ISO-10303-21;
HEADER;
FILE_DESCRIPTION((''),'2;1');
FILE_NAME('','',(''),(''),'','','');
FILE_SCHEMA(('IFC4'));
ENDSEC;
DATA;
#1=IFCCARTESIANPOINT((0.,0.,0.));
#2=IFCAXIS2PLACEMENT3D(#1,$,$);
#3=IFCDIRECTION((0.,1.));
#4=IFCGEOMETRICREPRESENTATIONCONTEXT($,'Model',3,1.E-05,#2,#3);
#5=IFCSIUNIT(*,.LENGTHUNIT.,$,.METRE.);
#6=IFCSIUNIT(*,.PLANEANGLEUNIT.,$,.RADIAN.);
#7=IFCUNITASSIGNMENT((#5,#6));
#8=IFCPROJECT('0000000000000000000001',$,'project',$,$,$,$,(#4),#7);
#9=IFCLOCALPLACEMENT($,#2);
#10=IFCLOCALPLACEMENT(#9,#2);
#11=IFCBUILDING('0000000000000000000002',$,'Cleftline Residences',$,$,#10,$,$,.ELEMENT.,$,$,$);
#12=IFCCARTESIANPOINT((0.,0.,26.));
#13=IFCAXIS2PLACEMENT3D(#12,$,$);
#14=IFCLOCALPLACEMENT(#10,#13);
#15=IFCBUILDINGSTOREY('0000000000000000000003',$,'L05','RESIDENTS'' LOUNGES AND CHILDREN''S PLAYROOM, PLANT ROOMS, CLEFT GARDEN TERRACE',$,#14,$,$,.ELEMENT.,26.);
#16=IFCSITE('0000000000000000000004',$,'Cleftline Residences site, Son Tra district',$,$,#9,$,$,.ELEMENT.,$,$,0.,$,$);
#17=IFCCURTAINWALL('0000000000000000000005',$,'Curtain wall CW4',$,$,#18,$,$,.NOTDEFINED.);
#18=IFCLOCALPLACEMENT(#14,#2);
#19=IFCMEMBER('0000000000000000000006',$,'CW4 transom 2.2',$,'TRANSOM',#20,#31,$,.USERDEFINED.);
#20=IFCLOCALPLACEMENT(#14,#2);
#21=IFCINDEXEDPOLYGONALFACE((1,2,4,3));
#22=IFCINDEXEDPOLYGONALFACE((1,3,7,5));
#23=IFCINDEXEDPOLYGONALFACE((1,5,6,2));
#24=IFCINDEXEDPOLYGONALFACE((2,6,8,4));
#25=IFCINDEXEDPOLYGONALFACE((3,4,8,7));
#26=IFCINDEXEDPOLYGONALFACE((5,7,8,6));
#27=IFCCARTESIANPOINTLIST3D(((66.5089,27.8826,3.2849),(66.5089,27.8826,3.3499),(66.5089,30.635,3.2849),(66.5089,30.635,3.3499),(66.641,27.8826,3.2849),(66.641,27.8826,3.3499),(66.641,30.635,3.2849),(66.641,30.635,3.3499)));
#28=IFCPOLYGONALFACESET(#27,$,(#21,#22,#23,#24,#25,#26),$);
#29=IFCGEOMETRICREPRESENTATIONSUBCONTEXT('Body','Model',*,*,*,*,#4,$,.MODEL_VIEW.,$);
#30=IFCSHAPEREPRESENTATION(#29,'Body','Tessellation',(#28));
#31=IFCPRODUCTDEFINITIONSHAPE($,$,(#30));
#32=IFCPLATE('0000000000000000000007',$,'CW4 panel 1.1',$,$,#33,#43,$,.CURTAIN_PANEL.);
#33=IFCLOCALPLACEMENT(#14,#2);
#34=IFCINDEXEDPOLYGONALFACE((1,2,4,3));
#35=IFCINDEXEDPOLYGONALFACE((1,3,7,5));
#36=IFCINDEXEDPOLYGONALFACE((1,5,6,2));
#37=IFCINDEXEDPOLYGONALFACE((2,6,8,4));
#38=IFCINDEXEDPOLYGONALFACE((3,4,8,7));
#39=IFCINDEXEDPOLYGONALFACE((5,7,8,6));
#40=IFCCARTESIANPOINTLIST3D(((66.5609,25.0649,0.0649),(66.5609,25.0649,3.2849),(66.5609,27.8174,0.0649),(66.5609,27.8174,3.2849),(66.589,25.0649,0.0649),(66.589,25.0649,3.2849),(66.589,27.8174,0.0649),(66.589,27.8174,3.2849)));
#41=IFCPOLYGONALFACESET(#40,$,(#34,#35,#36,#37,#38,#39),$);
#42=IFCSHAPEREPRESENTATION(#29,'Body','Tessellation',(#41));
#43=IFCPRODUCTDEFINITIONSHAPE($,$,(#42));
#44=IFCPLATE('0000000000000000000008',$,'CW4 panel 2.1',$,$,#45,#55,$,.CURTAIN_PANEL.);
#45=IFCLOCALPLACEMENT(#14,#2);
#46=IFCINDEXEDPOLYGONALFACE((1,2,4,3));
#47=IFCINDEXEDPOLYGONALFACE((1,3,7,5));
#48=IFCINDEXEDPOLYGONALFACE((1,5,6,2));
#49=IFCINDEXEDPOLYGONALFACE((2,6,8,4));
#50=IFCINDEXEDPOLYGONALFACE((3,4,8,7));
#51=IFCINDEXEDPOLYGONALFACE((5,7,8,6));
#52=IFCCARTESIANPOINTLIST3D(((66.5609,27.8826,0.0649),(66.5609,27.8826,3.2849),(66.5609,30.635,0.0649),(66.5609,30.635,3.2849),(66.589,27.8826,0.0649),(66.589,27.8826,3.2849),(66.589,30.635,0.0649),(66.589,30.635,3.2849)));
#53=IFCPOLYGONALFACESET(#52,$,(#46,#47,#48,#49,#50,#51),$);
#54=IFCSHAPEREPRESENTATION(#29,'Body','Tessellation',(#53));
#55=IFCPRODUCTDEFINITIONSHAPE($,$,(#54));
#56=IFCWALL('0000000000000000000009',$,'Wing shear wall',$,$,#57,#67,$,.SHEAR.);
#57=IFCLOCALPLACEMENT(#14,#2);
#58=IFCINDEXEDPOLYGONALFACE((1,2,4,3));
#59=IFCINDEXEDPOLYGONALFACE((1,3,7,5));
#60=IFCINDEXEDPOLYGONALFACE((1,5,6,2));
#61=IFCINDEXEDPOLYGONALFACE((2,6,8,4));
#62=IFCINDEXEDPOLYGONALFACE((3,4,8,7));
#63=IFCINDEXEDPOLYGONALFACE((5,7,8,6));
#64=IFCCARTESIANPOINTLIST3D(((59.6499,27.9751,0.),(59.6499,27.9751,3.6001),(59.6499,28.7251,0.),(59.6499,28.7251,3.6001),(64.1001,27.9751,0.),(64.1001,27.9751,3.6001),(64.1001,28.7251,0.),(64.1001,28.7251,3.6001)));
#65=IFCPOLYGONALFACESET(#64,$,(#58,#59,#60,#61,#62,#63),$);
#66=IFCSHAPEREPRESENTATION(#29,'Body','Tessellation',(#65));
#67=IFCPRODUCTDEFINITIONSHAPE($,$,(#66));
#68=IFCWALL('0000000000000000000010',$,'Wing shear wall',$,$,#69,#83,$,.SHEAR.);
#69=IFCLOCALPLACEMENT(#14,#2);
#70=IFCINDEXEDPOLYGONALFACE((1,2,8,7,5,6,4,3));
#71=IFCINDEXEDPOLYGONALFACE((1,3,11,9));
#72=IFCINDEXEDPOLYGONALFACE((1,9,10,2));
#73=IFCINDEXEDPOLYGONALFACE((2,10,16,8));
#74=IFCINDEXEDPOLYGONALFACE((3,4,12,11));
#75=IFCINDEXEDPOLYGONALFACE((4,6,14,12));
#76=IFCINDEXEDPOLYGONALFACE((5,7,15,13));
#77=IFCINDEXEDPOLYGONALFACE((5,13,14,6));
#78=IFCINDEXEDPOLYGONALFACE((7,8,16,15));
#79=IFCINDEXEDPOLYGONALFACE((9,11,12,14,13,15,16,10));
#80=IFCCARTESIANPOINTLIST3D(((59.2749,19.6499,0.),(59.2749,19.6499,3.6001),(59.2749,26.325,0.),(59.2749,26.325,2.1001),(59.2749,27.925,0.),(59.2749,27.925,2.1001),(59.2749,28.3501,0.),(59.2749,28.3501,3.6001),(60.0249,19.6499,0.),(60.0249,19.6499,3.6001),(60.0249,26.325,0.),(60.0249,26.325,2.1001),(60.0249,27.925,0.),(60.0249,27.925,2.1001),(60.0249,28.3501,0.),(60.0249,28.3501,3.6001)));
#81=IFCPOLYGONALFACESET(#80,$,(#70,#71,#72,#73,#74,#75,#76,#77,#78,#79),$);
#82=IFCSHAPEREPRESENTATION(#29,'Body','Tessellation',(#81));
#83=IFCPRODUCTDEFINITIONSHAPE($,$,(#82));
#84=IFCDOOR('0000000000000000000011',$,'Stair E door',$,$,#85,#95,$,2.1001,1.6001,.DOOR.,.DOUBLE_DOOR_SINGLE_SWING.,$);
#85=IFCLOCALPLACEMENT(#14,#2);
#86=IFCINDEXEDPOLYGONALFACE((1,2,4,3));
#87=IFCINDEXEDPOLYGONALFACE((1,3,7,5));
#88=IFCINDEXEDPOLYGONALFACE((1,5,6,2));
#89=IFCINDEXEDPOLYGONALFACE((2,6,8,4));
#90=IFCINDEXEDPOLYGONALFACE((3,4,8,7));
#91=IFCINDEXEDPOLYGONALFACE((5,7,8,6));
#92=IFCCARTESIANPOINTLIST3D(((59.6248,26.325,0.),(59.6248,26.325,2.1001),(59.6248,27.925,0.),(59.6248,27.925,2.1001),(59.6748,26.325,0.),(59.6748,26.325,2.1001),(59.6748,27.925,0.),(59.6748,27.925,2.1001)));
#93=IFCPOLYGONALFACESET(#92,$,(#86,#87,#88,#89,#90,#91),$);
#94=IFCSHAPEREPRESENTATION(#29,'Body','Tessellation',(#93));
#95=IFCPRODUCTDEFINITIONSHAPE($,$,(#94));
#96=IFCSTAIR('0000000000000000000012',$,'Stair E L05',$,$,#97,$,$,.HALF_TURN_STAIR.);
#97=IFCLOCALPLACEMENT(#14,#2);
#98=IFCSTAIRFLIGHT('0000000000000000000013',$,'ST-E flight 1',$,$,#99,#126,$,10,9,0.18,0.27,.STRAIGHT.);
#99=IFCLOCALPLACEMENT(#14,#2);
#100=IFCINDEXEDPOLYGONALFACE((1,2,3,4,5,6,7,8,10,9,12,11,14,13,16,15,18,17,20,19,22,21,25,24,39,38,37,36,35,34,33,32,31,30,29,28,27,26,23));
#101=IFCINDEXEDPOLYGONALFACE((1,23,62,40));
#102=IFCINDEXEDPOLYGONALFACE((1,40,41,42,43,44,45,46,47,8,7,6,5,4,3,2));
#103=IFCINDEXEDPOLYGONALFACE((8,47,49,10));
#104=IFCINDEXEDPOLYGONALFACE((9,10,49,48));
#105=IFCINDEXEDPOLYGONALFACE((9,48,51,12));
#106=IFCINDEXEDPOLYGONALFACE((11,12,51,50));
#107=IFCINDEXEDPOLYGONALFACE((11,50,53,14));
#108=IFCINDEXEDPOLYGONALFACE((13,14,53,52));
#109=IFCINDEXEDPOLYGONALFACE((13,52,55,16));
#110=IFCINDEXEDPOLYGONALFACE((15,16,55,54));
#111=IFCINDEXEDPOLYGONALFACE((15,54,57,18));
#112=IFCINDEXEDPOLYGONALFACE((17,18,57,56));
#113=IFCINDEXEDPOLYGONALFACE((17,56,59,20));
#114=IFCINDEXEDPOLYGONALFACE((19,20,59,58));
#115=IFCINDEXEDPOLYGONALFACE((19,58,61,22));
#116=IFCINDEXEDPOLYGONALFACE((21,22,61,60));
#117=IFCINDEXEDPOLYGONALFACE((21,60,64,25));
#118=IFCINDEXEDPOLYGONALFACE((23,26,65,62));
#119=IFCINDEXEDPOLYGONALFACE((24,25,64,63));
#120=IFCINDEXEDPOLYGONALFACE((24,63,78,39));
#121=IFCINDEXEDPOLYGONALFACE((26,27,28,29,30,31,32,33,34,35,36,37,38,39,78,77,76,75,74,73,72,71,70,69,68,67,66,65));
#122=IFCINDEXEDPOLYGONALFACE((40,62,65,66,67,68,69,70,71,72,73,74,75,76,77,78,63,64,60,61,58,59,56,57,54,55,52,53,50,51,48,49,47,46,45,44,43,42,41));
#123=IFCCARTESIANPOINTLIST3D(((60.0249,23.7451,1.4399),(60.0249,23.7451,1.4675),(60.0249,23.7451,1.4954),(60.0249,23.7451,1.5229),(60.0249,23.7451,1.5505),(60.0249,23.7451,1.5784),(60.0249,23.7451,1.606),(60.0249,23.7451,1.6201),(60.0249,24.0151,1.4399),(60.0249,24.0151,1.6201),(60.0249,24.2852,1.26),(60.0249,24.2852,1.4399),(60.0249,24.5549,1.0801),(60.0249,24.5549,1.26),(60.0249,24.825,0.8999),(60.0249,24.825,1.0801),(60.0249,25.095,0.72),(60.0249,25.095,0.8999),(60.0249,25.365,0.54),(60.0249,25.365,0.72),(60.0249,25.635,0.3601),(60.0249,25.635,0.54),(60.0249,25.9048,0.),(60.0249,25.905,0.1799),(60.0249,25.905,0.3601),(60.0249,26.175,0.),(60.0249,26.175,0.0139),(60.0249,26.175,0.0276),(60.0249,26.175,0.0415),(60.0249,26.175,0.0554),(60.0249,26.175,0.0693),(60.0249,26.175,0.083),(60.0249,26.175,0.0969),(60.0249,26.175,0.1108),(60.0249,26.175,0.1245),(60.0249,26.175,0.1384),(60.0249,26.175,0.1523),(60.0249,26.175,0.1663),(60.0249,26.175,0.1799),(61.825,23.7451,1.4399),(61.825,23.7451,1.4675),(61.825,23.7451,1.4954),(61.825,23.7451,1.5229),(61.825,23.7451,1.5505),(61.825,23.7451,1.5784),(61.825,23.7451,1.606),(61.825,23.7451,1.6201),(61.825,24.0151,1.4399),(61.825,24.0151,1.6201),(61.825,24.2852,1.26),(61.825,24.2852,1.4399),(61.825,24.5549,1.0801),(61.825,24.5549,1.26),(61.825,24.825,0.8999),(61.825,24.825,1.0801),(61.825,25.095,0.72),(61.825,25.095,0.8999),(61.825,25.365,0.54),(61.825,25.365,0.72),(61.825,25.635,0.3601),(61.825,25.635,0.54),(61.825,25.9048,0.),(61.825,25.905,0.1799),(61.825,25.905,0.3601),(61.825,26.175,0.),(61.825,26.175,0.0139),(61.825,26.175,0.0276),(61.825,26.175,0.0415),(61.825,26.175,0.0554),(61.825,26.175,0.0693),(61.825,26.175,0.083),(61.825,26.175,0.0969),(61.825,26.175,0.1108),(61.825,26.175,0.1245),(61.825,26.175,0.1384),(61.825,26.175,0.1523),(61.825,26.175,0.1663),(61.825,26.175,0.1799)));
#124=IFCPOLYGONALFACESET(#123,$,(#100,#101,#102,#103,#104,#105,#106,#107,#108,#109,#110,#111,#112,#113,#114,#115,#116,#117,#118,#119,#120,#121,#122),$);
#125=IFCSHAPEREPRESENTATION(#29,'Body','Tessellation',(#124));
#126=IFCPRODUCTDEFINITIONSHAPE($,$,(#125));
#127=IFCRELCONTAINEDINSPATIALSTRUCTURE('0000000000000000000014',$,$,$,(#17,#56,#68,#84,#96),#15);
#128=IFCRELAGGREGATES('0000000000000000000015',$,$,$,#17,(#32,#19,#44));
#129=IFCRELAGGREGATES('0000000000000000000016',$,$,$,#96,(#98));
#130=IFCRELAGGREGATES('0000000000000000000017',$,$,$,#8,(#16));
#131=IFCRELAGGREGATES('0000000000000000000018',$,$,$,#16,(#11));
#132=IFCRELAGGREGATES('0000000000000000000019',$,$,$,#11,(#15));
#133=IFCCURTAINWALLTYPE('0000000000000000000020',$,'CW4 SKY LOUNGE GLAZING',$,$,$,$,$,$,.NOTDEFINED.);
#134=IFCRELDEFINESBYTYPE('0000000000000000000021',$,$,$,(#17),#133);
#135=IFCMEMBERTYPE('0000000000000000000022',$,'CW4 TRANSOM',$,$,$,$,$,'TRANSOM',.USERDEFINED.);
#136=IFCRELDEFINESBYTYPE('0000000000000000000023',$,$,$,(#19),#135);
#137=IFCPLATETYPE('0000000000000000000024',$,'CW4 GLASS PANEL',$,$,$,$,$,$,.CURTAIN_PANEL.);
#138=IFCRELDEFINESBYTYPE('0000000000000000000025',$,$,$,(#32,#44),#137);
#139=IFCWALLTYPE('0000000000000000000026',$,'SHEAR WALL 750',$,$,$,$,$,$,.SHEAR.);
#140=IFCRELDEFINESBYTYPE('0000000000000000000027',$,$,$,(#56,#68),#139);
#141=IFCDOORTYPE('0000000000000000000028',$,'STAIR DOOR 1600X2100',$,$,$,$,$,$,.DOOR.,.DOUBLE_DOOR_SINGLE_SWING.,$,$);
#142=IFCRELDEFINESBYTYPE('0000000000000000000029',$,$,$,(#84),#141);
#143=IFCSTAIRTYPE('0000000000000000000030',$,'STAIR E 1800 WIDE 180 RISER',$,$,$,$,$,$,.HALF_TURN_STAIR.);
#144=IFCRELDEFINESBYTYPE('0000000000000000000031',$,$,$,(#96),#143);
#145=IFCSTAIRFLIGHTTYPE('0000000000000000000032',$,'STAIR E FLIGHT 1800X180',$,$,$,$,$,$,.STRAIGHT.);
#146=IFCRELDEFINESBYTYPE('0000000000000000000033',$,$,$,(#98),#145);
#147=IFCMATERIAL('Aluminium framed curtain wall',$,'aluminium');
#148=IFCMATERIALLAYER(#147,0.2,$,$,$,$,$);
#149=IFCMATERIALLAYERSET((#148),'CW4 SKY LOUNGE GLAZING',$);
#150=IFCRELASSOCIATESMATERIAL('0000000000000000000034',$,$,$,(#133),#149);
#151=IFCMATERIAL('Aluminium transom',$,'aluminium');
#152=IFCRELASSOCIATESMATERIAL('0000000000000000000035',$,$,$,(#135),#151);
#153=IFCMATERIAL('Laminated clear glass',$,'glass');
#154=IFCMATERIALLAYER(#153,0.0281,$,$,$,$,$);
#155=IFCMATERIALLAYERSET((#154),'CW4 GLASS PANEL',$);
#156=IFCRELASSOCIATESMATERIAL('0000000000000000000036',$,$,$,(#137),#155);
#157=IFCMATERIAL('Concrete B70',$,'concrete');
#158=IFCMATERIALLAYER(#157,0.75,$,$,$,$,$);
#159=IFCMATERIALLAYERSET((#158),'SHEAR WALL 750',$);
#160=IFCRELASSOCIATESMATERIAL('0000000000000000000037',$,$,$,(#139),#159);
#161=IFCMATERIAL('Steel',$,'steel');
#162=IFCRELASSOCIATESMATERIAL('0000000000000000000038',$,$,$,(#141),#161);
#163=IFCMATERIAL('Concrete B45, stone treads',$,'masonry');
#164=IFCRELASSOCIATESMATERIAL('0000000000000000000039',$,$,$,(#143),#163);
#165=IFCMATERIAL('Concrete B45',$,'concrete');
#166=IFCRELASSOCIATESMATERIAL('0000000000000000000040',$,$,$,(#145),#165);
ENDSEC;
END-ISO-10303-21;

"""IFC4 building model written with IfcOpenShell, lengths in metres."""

from ifc_helpers import new_model, si_unit, direction, frame, frame_2d, origin, origin_2d, place, context, subcontext, project, spatial, polyline, rectangle, outline, extrude, material, layer, layer_set, material_profile, profile_set, type_object, element, fill, aggregate, save


model = new_model("IFC4")

# Units and contexts
model_context = context("Model", 3, precision=1e-05, world=origin(), true_north=direction((0.0, 1.0)))
body_context = subcontext(model_context, "Body", "Model", "MODEL_VIEW")
ifc_project = project(units=[si_unit("LENGTHUNIT", "METRE"), si_unit("PLANEANGLEUNIT", "RADIAN")], contexts=[model_context])

# Site, building, storey
site_placement = place(None, origin())
site = spatial("IfcSite", under=ifc_project, at=site_placement, Name="Cleftline Residences site, Son Tra district", CompositionType="ELEMENT", RefElevation=0.0)
building_placement = place(site_placement, origin())
building = spatial("IfcBuilding", under=site, at=building_placement, Name="Cleftline Residences", CompositionType="ELEMENT")
storey_placement = place(building_placement, frame((0.0, 0.0, 26.0)))
storey = spatial("IfcBuildingStorey", under=building, at=storey_placement, Name="L05", Description="RESIDENTS' LOUNGES AND CHILDREN'S PLAYROOM, PLANT ROOMS, CLEFT GARDEN TERRACE", CompositionType="ELEMENT", Elevation=26.0)

# Curtain wall, member, plates
ifc_material_1 = material(Name="Aluminium framed curtain wall", Category="aluminium")
ifc_layer_1 = layer(ifc_material_1, 0.2)
ifc_layer_set_1 = layer_set([ifc_layer_1], Name="CW4 SKY LOUNGE GLAZING")
curtain_wall_type = type_object("IfcCurtainWallType", Name="CW4 SKY LOUNGE GLAZING", PredefinedType="NOTDEFINED", material=ifc_layer_set_1)
curtain_wall_placement = place(storey_placement, origin())
curtain_wall = element("IfcCurtainWall", 1, at=curtain_wall_placement, inside=storey, type_object=curtain_wall_type, Name="Curtain wall CW4", PredefinedType="NOTDEFINED")
ifc_material_2 = material(Name="Aluminium transom", Category="aluminium")
ifc_material_profile_1 = material_profile(ifc_material_2, rectangle(XDim=0.1321, YDim=0.0649, at=origin_2d()))
ifc_profile_set_1 = profile_set([ifc_material_profile_1], Name="Aluminium transom")
member_type_1 = type_object("IfcMemberType", Name="CW4 TRANSOM", ElementType="TRANSOM", PredefinedType="USERDEFINED", material=ifc_profile_set_1)
member_1_placement = place(storey_placement, frame((66.575, 27.8826, 3.3174), z_axis=(0.0, 1.0, 0.0), x_axis=(-1.0, 0.0, 0.0)))
member_1 = element("IfcMember", 2, at=member_1_placement, type_object=member_type_1, Name="CW4 transom 2.2", ObjectType="TRANSOM", PredefinedType="USERDEFINED", context=body_context, shape_type="SweptSolid", body=[
    extrude(rectangle(XDim=0.1321, YDim=0.0649, at=origin_2d()), origin(), (0.0, 0.0, 1.0), 2.7524),
])
ifc_material_3 = material(Name="Laminated clear glass", Category="glass")
ifc_layer_2 = layer(ifc_material_3, 0.0281)
ifc_layer_set_2 = layer_set([ifc_layer_2], Name="CW4 GLASS PANEL")
plate_type = type_object("IfcPlateType", Name="CW4 GLASS PANEL", PredefinedType="CURTAIN_PANEL", material=ifc_layer_set_2)
plate_1_placement = place(storey_placement, frame((66.575, 26.4412, 0.0649), z_axis=(0.0, 0.0, 1.0), x_axis=(0.0, 1.0, 0.0)))
plate_1 = element("IfcPlate", 3, at=plate_1_placement, type_object=plate_type, Name="CW4 panel 1.1", PredefinedType="CURTAIN_PANEL", context=body_context, shape_type="SweptSolid", body=[
    extrude(rectangle(XDim=2.7524, YDim=0.0281, at=origin_2d()), origin(), (0.0, 0.0, 1.0), 3.22),
])
plate_2_placement = place(storey_placement, frame((66.575, 29.2588, 0.0649), z_axis=(0.0, 0.0, 1.0), x_axis=(0.0, 1.0, 0.0)))
plate_2 = element("IfcPlate", 4, at=plate_2_placement, type_object=plate_type, Name="CW4 panel 2.1", PredefinedType="CURTAIN_PANEL", context=body_context, shape_type="SweptSolid", body=[
    extrude(rectangle(XDim=2.7524, YDim=0.0281, at=origin_2d()), origin(), (0.0, 0.0, 1.0), 3.22),
])
aggregate(curtain_wall, [plate_1, member_1, plate_2])

# Wall
ifc_material_4 = material(Name="Concrete B70", Category="concrete")
ifc_layer_3 = layer(ifc_material_4, 0.75)
ifc_layer_set_3 = layer_set([ifc_layer_3], Name="SHEAR WALL 750")
wall_type = type_object("IfcWallType", Name="SHEAR WALL 750", PredefinedType="SHEAR", material=ifc_layer_set_3)
wall_1_placement = place(storey_placement, frame((64.1001, 28.3501, 0.0), z_axis=(0.0, 0.0, 1.0), x_axis=(-1.0, 0.0, 0.0)))
element("IfcWall", 5, at=wall_1_placement, inside=storey, type_object=wall_type, Name="Wing shear wall", PredefinedType="SHEAR", context=body_context, shape_type="SweptSolid", body=[
    extrude(rectangle(XDim=4.4502, YDim=0.75, at=frame_2d((2.2251, 0.0))), origin(), (0.0, 0.0, 1.0), 3.6001),
])

# Wall, opening, door
wall_2_placement = place(storey_placement, frame((59.6499, 28.3501, 0.0), z_axis=(0.0, 0.0, 1.0), x_axis=(0.0, -1.0, 0.0)))
wall_2 = element("IfcWall", 6, at=wall_2_placement, inside=storey, type_object=wall_type, Name="Wing shear wall", PredefinedType="SHEAR", context=body_context, shape_type="SweptSolid", body=[
    extrude(rectangle(XDim=8.7002, YDim=0.75, at=frame_2d((4.3501, 0.0))), origin(), (0.0, 0.0, 1.0), 3.6001),
])
opening_placement = place(wall_2_placement, frame((0.425, 0.0, 0.0)))
opening = element("IfcOpeningElement", 7, at=opening_placement, cuts=wall_2, PredefinedType="OPENING", context=body_context, shape_type="SweptSolid", body=[
    extrude(rectangle(XDim=1.6001, YDim=2.1001, at=frame_2d((0.8, 1.05))), frame((0.0, 0.385, 0.0), z_axis=(0.0, -1.0, 0.0), x_axis=(1.0, 0.0, 0.0)), (0.0, 0.0, 1.0), 0.77),
])
ifc_material_5 = material(Name="Steel", Category="steel")
door_type = type_object("IfcDoorType", Name="STAIR DOOR 1600X2100", OperationType="DOUBLE_DOOR_SINGLE_SWING", PredefinedType="DOOR", material=ifc_material_5)
door_placement = place(opening_placement, origin())
door = element("IfcDoor", 8, at=door_placement, inside=storey, type_object=door_type, Name="Stair E door", OperationType="DOUBLE_DOOR_SINGLE_SWING", OverallHeight=2.1001, OverallWidth=1.6001, PredefinedType="DOOR", context=body_context, shape_type="SweptSolid", body=[
    extrude(rectangle(XDim=1.6001, YDim=2.1001, at=frame_2d((0.8, 1.05))), frame((0.0, 0.0249, 0.0), z_axis=(0.0, -1.0, 0.0), x_axis=(1.0, 0.0, 0.0)), (0.0, 0.0, 1.0), 0.05),
])
fill(opening, door)

# Stair, stair flight
ifc_material_6 = material(Name="Concrete B45, stone treads", Category="masonry")
stair_type = type_object("IfcStairType", Name="STAIR E 1800 WIDE 180 RISER", PredefinedType="HALF_TURN_STAIR", material=ifc_material_6)
stair_placement = place(storey_placement, origin())
stair = element("IfcStair", 9, at=stair_placement, inside=storey, type_object=stair_type, Name="Stair E L05", PredefinedType="HALF_TURN_STAIR")
ifc_material_7 = material(Name="Concrete B45", Category="concrete")
stair_flight_type = type_object("IfcStairFlightType", Name="STAIR E FLIGHT 1800X180", PredefinedType="STRAIGHT", material=ifc_material_7)
stair_flight_placement = place(storey_placement, frame((60.925, 26.175, 0.0), z_axis=(0.0, 0.0, 1.0), x_axis=(0.0, -1.0, 0.0)))
stair_flight = element("IfcStairFlight", 10, at=stair_flight_placement, type_object=stair_flight_type, Name="ST-E flight 1", NumberOfRisers=10, NumberOfTreads=9, PredefinedType="STRAIGHT", RiserHeight=0.18, TreadLength=0.27, context=body_context, shape_type="SweptSolid", body=[
    extrude(outline(polyline([(0.0, 0.0), (0.0, 0.0139), (0.0, 0.0276), (0.0, 0.0415), (0.0, 0.0554), (0.0, 0.0693), (0.0, 0.083), (0.0, 0.0969), (0.0, 0.1108), (0.0, 0.1245), (0.0, 0.1384), (0.0, 0.1523), (0.0, 0.1663), (0.0, 0.1799), (0.27, 0.1799), (0.27, 0.3601), (0.54, 0.3601), (0.54, 0.54), (0.8101, 0.54), (0.8101, 0.72), (1.0801, 0.72), (1.0801, 0.8999), (1.3501, 0.8999), (1.3501, 1.0801), (1.6201, 1.0801), (1.6201, 1.26), (1.8899, 1.26), (1.8899, 1.4399), (2.1599, 1.4399), (2.1599, 1.6201), (2.4299, 1.6201), (2.4299, 1.8), (2.4299, 1.7722), (2.4299, 1.7446), (2.4299, 1.7168), (2.4299, 1.6892), (2.4299, 1.6614), (2.4299, 1.6338), (2.4299, 1.606), (2.4299, 1.5784), (2.4299, 1.5505), (2.4299, 1.5229), (2.4299, 1.4954), (2.4299, 1.4675), (2.4299, 1.4399), (0.2703, 0.0), (0.0, 0.0)])), frame((0.0, 0.8999, 0.0), z_axis=(0.0, -1.0, 0.0), x_axis=(1.0, 0.0, 0.0)), (0.0, 0.0, 1.0), 1.8),
])
aggregate(stair, [stair_flight])

save(model, "model.ifc")
